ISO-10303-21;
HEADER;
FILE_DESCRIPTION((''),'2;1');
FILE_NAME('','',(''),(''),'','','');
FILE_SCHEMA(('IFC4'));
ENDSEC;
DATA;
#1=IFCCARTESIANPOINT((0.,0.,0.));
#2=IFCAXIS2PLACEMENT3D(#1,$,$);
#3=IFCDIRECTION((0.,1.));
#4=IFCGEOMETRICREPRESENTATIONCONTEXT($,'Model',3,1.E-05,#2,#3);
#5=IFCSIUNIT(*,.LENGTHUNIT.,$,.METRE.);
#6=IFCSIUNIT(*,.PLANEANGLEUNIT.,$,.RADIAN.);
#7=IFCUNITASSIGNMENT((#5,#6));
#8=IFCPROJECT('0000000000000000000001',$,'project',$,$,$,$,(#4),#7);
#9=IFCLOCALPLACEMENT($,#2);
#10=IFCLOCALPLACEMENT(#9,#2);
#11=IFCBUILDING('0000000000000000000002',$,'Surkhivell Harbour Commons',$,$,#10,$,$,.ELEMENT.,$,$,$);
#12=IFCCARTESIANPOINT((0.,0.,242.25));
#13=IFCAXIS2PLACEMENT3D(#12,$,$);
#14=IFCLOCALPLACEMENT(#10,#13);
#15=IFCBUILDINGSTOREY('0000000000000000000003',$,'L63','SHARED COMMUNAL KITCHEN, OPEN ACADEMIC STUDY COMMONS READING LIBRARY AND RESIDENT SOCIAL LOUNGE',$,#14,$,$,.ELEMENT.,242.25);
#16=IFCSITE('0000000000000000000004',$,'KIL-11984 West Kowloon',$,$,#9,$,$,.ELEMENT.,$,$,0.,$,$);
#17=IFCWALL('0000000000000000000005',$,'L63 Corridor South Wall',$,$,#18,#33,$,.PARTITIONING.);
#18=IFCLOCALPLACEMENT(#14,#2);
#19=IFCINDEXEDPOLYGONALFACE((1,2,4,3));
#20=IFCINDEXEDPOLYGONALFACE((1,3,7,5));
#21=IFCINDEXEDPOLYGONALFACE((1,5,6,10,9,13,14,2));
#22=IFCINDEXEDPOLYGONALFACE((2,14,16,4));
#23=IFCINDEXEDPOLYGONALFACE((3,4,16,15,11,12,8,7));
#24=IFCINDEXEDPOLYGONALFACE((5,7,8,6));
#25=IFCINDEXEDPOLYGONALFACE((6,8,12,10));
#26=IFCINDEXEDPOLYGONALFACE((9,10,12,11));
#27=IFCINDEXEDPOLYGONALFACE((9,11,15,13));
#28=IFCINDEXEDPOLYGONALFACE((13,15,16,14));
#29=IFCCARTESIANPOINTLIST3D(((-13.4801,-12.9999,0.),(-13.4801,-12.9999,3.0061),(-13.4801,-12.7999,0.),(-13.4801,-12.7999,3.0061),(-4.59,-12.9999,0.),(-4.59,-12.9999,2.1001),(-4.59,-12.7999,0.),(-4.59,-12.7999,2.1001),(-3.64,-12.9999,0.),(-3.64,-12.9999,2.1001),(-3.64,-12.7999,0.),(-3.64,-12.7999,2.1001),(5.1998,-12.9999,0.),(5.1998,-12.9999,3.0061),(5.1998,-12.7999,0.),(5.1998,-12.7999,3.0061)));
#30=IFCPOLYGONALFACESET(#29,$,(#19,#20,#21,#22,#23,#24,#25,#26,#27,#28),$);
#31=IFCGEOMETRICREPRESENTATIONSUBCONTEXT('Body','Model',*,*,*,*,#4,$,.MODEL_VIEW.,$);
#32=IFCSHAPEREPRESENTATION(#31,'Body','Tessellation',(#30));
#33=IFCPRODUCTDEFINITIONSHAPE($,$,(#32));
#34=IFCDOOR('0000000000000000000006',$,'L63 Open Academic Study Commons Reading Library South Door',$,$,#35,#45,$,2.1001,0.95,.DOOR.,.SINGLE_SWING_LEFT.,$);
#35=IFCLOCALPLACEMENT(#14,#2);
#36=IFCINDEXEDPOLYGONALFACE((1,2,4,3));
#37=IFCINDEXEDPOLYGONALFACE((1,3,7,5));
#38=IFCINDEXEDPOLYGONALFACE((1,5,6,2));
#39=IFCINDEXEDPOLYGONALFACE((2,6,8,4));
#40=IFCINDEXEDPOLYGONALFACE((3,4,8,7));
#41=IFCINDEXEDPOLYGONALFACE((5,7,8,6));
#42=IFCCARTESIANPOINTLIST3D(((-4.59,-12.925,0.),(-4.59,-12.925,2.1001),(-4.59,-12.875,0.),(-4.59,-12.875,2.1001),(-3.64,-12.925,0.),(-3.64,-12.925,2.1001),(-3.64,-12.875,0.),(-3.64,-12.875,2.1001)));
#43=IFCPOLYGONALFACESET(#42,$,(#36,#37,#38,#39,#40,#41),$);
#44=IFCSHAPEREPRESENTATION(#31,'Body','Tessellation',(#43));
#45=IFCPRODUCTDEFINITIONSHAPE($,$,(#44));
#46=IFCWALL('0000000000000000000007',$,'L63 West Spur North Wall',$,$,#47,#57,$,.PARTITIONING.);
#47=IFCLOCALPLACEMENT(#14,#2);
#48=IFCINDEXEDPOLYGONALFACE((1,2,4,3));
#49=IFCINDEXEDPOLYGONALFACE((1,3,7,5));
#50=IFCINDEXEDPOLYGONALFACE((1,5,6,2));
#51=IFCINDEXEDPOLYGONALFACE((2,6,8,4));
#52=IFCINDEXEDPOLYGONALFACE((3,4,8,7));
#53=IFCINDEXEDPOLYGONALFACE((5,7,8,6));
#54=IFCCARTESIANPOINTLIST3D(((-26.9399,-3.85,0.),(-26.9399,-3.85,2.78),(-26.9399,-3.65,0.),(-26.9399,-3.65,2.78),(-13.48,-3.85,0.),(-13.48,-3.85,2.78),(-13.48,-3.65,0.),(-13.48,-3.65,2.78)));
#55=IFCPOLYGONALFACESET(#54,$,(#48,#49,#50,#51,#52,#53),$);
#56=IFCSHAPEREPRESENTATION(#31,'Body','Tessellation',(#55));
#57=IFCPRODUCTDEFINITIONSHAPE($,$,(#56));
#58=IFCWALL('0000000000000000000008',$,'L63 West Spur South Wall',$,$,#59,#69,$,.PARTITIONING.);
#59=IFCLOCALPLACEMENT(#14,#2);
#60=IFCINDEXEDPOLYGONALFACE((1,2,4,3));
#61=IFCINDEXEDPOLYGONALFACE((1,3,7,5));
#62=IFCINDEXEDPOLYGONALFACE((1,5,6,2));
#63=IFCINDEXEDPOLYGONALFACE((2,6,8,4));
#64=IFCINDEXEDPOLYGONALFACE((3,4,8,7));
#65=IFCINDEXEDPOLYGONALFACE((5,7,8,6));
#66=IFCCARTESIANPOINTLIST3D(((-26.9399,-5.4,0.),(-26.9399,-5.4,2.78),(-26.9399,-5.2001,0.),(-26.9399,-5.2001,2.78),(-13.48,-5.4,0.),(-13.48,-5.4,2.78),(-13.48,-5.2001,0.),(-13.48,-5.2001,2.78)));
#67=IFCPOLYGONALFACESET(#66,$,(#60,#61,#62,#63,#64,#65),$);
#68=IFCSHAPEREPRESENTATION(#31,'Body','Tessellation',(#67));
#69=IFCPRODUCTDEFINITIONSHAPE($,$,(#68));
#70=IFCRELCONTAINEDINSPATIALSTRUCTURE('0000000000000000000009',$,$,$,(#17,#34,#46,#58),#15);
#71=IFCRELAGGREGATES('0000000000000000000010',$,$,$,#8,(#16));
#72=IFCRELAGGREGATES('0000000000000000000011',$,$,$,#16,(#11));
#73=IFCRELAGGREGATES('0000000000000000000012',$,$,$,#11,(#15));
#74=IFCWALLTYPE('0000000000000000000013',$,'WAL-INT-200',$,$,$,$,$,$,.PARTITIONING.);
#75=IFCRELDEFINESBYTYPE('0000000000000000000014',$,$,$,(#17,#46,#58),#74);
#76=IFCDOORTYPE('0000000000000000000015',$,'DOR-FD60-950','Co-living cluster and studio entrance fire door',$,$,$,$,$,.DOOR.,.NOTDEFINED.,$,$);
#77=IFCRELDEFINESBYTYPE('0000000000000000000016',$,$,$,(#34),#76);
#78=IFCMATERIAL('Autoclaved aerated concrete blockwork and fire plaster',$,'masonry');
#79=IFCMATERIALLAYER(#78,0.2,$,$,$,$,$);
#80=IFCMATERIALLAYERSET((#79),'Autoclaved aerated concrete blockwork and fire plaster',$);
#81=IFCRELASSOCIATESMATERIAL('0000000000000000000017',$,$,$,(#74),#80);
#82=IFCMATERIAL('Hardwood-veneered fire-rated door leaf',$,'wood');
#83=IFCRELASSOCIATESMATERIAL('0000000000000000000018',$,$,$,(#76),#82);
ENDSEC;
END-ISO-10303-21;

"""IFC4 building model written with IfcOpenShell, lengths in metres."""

from ifc_helpers import new_model, si_unit, direction, frame, frame_2d, origin, place, context, subcontext, project, spatial, rectangle, extrude, material, layer, layer_set, type_object, element, fill, save


model = new_model("IFC4")

# Units and contexts
model_context = context("Model", 3, precision=1e-05, world=origin(), true_north=direction((0.0, 1.0)))
body_context = subcontext(model_context, "Body", "Model", "MODEL_VIEW")
ifc_project = project(units=[si_unit("LENGTHUNIT", "METRE"), si_unit("PLANEANGLEUNIT", "RADIAN")], contexts=[model_context])

# Site, building, storey
site_placement = place(None, origin())
site = spatial("IfcSite", under=ifc_project, at=site_placement, Name="KIL-11984 West Kowloon", CompositionType="ELEMENT", RefElevation=0.0)
building_placement = place(site_placement, origin())
building = spatial("IfcBuilding", under=site, at=building_placement, Name="Surkhivell Harbour Commons", CompositionType="ELEMENT")
storey_placement = place(building_placement, frame((0.0, 0.0, 242.25)))
storey = spatial("IfcBuildingStorey", under=building, at=storey_placement, Name="L63", Description="SHARED COMMUNAL KITCHEN, OPEN ACADEMIC STUDY COMMONS READING LIBRARY AND RESIDENT SOCIAL LOUNGE", CompositionType="ELEMENT", Elevation=242.25)

# Wall, opening, door
ifc_material_1 = material(Name="Autoclaved aerated concrete blockwork and fire plaster", Category="masonry")
ifc_layer_1 = layer(ifc_material_1, 0.2)
ifc_layer_set_1 = layer_set([ifc_layer_1], Name="Autoclaved aerated concrete blockwork and fire plaster")
wall_type_1 = type_object("IfcWallType", Name="WAL-INT-200", PredefinedType="PARTITIONING", material=ifc_layer_set_1)
wall_1_placement = place(storey_placement, frame((-13.48, -12.8999, 0.0), z_axis=(0.0, 0.0, 1.0), x_axis=(1.0, 0.0, 0.0)))
wall_1 = element("IfcWall", 1, at=wall_1_placement, inside=storey, type_object=wall_type_1, Name="L63 Corridor South Wall", PredefinedType="PARTITIONING", context=body_context, shape_type="SweptSolid", body=[
    extrude(rectangle(XDim=18.6799, YDim=0.2, at=frame_2d((9.3398, 0.0))), origin(), (0.0, 0.0, 1.0), 3.0061),
])
opening_placement = place(wall_1_placement, frame((8.8899, 0.0, 0.0)))
opening = element("IfcOpeningElement", 2, at=opening_placement, cuts=wall_1, PredefinedType="OPENING", context=body_context, shape_type="SweptSolid", body=[
    extrude(rectangle(XDim=0.95, YDim=2.1001, at=frame_2d((0.4751, 1.05))), frame((0.0, 0.1099, 0.0), z_axis=(0.0, -1.0, 0.0), x_axis=(1.0, 0.0, 0.0)), (0.0, 0.0, 1.0), 0.22),
])
ifc_material_2 = material(Name="Hardwood-veneered fire-rated door leaf", Category="wood")
door_type = type_object("IfcDoorType", Name="DOR-FD60-950", Description="Co-living cluster and studio entrance fire door", OperationType="NOTDEFINED", PredefinedType="DOOR", material=ifc_material_2)
door_placement = place(opening_placement, origin())
door = element("IfcDoor", 3, at=door_placement, inside=storey, type_object=door_type, Name="L63 Open Academic Study Commons Reading Library South Door", OperationType="SINGLE_SWING_LEFT", OverallHeight=2.1001, OverallWidth=0.95, PredefinedType="DOOR", context=body_context, shape_type="SweptSolid", body=[
    extrude(rectangle(XDim=0.95, YDim=2.1001, at=frame_2d((0.4751, 1.05))), frame((0.0, 0.0249, 0.0), z_axis=(0.0, -1.0, 0.0), x_axis=(1.0, 0.0, 0.0)), (0.0, 0.0, 1.0), 0.05),
])
fill(opening, door)

# Walls
for number, where, z_axis, x_axis, name in (
    (4, (-26.9399, -3.75, 0.0), (0.0, 0.0, 1.0), (1.0, 0.0, 0.0), "L63 West Spur North Wall"),
    (5, (-26.9399, -5.3, 0.0), (0.0, 0.0, 1.0), (1.0, 0.0, 0.0), "L63 West Spur South Wall"),
):
    element("IfcWall", number, at=place(storey_placement, frame(where, z_axis=z_axis, x_axis=x_axis)), inside=storey, type_object=wall_type_1, Name=name, PredefinedType="PARTITIONING", context=body_context, shape_type="SweptSolid", body=[
        extrude(rectangle(XDim=13.46, YDim=0.2, at=frame_2d((6.73, 0.0))), origin(), (0.0, 0.0, 1.0), 2.78),
    ])

save(model, "model.ifc")
